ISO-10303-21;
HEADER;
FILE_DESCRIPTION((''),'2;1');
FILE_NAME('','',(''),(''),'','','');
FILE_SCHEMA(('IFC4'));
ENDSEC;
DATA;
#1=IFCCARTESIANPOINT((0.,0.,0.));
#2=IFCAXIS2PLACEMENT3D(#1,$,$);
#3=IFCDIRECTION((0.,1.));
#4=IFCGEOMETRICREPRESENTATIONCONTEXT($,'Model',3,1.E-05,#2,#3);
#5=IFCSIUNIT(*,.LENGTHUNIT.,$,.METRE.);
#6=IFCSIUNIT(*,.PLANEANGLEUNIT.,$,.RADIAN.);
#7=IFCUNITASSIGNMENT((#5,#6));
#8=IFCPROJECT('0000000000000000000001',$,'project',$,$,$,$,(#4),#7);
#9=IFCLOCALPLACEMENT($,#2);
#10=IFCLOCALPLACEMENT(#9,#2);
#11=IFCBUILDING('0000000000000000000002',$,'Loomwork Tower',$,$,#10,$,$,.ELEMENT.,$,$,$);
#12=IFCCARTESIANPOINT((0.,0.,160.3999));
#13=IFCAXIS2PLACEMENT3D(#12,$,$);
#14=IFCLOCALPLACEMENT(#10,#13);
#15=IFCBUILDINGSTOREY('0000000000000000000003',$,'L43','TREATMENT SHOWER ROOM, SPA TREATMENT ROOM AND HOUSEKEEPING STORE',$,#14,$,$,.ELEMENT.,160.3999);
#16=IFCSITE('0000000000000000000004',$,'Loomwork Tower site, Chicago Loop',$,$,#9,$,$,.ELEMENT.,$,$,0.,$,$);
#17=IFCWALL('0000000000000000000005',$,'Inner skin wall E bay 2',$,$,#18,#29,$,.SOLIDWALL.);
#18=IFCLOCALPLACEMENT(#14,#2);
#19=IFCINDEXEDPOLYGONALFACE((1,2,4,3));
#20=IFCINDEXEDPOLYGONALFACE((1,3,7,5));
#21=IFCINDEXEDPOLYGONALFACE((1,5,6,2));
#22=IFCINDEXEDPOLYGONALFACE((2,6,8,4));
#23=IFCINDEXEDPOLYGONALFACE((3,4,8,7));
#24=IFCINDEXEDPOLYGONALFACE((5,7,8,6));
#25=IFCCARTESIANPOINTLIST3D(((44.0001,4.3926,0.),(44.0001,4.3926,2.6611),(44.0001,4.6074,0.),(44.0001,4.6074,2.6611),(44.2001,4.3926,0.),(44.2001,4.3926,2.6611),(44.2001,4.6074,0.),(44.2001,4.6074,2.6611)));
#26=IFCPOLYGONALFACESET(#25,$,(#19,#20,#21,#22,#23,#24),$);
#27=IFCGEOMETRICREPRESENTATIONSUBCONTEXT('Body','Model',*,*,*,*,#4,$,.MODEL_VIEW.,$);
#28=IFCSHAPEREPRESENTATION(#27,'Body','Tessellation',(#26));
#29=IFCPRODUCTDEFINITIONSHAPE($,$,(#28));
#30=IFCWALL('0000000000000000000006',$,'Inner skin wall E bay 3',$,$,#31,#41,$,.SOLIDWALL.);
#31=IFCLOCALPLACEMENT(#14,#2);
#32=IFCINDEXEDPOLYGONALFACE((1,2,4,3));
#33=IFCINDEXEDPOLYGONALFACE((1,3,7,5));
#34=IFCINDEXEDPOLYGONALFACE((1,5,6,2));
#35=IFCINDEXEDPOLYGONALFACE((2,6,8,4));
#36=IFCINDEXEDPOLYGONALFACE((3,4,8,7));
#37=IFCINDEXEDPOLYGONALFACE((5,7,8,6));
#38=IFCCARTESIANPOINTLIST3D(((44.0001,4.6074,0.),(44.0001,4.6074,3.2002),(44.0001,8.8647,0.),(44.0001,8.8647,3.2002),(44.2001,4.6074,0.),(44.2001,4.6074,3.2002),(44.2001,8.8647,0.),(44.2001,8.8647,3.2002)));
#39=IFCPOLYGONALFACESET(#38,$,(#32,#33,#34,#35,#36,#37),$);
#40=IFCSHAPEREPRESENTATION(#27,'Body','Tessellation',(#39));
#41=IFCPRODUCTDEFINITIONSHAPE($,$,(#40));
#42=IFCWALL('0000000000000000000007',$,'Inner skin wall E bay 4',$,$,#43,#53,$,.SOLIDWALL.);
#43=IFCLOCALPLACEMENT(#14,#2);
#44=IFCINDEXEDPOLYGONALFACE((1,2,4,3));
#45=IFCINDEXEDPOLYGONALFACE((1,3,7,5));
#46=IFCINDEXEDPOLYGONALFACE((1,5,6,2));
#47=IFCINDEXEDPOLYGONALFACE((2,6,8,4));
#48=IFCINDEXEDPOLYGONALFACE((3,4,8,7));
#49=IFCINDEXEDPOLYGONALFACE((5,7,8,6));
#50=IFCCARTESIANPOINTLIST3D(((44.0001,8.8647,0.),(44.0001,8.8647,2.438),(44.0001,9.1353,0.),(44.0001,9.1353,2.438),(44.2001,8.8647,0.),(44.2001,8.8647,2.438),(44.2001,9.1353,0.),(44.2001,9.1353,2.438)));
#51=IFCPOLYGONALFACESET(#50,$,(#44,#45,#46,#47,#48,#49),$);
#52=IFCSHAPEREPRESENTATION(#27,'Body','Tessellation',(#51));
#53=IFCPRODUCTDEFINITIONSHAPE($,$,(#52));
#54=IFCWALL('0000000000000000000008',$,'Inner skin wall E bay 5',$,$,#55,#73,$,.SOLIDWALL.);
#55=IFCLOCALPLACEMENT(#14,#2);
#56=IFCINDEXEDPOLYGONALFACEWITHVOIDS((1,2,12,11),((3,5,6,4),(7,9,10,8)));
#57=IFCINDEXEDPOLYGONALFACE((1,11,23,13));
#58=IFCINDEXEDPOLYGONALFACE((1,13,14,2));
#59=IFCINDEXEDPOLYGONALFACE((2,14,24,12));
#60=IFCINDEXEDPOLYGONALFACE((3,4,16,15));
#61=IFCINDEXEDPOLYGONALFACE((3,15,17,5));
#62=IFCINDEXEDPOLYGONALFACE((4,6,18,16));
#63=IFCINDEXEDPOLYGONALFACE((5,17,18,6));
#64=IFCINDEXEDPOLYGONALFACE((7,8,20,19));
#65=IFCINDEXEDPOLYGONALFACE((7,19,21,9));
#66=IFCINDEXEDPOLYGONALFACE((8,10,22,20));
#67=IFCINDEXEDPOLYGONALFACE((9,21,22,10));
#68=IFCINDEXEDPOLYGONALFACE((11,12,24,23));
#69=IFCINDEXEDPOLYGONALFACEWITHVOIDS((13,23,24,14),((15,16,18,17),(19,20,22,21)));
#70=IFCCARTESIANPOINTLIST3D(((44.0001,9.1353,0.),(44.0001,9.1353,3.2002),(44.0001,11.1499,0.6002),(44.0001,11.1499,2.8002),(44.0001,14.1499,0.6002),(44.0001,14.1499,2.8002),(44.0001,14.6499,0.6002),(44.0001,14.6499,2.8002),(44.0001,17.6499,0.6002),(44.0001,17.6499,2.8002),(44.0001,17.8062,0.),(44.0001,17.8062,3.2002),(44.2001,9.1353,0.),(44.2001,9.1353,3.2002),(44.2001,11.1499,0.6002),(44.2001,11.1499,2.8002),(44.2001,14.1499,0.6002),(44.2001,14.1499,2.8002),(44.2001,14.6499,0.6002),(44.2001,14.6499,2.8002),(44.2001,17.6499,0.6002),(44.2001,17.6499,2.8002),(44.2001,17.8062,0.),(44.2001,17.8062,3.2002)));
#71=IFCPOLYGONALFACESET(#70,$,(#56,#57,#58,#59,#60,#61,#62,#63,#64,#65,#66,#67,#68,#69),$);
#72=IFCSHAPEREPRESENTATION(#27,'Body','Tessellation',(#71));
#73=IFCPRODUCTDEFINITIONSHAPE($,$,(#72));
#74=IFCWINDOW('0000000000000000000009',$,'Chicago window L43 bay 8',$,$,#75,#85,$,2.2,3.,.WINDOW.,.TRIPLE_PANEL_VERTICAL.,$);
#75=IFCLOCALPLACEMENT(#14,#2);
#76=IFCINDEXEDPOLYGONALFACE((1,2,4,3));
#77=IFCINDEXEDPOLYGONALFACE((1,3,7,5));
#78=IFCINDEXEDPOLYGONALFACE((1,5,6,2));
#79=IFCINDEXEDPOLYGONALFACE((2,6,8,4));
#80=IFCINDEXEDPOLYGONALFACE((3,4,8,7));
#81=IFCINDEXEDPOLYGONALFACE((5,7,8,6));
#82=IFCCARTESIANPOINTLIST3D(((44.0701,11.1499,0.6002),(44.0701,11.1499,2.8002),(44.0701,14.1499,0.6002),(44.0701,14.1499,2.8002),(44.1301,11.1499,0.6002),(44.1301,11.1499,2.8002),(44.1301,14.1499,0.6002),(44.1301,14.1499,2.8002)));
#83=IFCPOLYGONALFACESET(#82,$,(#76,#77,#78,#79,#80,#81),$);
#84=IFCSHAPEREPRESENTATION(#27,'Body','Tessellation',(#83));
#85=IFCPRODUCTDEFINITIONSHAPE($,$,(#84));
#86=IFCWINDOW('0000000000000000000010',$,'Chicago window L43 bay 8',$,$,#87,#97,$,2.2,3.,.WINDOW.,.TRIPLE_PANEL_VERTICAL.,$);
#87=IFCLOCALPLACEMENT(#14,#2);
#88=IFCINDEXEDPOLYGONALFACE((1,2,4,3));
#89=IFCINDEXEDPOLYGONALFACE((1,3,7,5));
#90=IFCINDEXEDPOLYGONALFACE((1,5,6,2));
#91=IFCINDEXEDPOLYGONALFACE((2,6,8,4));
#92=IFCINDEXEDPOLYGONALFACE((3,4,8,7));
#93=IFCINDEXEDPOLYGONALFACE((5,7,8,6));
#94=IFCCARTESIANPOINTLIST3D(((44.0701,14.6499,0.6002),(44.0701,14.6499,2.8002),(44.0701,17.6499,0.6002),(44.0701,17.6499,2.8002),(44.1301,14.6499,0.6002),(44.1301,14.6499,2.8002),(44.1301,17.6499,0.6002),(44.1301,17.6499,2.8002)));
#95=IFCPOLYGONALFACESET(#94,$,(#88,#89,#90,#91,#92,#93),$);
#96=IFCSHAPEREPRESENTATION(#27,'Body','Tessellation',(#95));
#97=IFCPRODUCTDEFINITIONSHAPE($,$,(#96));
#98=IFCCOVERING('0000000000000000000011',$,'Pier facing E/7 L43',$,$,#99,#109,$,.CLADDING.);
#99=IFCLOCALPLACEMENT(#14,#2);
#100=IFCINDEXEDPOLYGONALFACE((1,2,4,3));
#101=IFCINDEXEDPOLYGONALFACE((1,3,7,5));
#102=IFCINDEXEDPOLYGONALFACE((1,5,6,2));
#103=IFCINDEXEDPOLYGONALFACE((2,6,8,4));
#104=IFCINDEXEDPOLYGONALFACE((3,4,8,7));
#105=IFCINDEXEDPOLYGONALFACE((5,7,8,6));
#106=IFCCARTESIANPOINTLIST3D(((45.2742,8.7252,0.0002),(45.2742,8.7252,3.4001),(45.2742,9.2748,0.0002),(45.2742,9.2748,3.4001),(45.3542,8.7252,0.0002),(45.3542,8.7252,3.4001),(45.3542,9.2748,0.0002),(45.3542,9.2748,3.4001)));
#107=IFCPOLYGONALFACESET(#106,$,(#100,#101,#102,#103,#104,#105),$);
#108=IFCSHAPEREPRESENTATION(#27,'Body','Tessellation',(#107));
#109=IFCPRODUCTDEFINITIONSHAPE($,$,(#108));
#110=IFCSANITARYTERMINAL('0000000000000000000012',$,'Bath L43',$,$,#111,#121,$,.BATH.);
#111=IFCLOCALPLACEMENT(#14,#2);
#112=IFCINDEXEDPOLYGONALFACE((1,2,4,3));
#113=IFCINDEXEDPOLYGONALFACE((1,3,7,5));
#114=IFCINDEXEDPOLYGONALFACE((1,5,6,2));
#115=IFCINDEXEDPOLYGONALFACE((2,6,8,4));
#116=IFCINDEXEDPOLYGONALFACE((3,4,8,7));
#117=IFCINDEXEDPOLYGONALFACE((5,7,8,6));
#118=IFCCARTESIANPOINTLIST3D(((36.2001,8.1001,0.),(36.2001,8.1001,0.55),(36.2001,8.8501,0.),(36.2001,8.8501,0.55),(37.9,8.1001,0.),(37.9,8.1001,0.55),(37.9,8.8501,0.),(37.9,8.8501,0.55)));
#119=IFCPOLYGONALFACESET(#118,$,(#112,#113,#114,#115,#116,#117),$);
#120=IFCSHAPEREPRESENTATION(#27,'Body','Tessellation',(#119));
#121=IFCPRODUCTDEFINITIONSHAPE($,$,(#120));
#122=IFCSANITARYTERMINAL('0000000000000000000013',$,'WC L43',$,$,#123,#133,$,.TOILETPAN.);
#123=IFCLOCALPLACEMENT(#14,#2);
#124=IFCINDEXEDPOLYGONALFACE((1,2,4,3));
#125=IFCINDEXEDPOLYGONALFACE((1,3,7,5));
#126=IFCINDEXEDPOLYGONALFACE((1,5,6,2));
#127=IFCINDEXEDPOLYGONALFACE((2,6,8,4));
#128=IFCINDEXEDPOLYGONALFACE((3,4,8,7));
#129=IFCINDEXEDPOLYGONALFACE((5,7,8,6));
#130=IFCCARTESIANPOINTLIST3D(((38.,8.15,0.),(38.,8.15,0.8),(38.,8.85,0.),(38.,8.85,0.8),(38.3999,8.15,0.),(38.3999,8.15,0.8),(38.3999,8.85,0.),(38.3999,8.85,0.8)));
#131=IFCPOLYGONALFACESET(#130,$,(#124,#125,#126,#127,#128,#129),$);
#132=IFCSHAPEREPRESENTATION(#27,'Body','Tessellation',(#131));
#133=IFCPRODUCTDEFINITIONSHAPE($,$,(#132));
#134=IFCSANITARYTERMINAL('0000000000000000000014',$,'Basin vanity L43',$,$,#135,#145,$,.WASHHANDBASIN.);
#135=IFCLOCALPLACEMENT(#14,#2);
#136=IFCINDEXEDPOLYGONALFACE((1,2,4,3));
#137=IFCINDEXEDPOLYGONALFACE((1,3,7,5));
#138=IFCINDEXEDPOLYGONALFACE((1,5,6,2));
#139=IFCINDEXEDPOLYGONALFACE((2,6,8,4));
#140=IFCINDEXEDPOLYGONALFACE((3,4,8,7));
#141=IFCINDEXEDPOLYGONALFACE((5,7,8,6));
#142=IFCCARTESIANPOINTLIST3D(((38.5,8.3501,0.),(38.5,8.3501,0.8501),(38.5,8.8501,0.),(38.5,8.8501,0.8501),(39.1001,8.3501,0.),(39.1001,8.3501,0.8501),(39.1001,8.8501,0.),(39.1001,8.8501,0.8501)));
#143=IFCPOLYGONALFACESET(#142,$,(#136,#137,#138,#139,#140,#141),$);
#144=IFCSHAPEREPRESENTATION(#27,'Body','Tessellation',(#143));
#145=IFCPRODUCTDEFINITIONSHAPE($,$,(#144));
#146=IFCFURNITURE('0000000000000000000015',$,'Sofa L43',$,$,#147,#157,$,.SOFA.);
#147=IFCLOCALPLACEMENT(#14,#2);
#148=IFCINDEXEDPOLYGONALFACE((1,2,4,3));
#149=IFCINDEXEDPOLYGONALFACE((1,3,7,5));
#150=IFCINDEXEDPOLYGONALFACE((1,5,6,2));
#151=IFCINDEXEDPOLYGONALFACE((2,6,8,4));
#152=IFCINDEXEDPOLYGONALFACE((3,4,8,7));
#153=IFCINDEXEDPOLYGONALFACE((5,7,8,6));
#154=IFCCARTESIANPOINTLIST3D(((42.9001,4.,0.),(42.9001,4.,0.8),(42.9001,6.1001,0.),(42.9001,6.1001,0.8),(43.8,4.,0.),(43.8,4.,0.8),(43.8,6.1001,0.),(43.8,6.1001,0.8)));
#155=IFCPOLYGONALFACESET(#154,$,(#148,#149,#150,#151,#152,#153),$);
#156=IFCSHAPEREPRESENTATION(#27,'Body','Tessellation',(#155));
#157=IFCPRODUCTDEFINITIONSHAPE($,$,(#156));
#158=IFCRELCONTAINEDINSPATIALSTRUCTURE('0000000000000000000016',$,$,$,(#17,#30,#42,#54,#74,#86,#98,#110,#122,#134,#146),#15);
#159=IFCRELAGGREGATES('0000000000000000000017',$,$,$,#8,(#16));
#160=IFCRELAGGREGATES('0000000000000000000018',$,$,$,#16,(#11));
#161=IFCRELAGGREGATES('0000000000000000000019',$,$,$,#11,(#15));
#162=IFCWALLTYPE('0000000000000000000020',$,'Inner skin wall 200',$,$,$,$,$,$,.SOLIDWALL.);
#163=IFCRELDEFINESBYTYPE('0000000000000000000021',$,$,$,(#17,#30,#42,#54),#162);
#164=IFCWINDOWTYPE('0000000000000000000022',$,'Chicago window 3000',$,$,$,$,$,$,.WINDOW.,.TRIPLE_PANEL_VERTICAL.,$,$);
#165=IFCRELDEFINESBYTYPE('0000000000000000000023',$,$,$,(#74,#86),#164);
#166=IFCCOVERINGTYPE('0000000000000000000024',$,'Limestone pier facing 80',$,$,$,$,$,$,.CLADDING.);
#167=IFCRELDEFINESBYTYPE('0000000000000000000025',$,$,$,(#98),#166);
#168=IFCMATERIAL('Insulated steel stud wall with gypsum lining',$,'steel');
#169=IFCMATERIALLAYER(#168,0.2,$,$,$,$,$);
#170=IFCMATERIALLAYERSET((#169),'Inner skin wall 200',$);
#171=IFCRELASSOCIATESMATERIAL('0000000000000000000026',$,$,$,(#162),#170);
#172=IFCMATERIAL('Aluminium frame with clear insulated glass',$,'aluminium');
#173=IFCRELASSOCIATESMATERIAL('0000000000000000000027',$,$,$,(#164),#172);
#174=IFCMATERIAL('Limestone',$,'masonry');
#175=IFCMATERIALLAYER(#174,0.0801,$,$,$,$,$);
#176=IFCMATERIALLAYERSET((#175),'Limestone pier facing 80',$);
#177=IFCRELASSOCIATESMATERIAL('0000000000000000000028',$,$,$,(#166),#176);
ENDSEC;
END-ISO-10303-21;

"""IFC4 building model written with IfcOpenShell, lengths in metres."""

from ifc_helpers import new_model, si_unit, direction, frame, frame_2d, origin, origin_2d, place, context, subcontext, project, spatial, rectangle, extrude, material, layer, layer_set, type_object, element, fill, save


model = new_model("IFC4")

# Units and contexts
model_context = context("Model", 3, precision=1e-05, world=origin(), true_north=direction((0.0, 1.0)))
body_context = subcontext(model_context, "Body", "Model", "MODEL_VIEW")
ifc_project = project(units=[si_unit("LENGTHUNIT", "METRE"), si_unit("PLANEANGLEUNIT", "RADIAN")], contexts=[model_context])

# Site, building, storey
site_placement = place(None, origin())
site = spatial("IfcSite", under=ifc_project, at=site_placement, Name="Loomwork Tower site, Chicago Loop", CompositionType="ELEMENT", RefElevation=0.0)
building_placement = place(site_placement, origin())
building = spatial("IfcBuilding", under=site, at=building_placement, Name="Loomwork Tower", CompositionType="ELEMENT")
storey_placement = place(building_placement, frame((0.0, 0.0, 160.3999)))
storey = spatial("IfcBuildingStorey", under=building, at=storey_placement, Name="L43", Description="TREATMENT SHOWER ROOM, SPA TREATMENT ROOM AND HOUSEKEEPING STORE", CompositionType="ELEMENT", Elevation=160.3999)

# Walls
ifc_material_1 = material(Name="Insulated steel stud wall with gypsum lining", Category="steel")
ifc_layer_1 = layer(ifc_material_1, 0.2)
ifc_layer_set_1 = layer_set([ifc_layer_1], Name="Inner skin wall 200")
wall_type_1 = type_object("IfcWallType", Name="Inner skin wall 200", PredefinedType="SOLIDWALL", material=ifc_layer_set_1)
wall_1_placement = place(storey_placement, frame((44.1001, 4.3926, 0.0), z_axis=(0.0, 0.0, 1.0), x_axis=(0.0, 1.0, 0.0)))
element("IfcWall", 1, at=wall_1_placement, inside=storey, type_object=wall_type_1, Name="Inner skin wall E bay 2", PredefinedType="SOLIDWALL", context=body_context, shape_type="SweptSolid", body=[
    extrude(rectangle(XDim=0.2148, YDim=0.2, at=frame_2d((0.1074, 0.0))), origin(), (0.0, 0.0, 1.0), 2.6611),
])
wall_2_placement = place(storey_placement, frame((44.1001, 4.6074, 0.0), z_axis=(0.0, 0.0, 1.0), x_axis=(0.0, 1.0, 0.0)))
element("IfcWall", 2, at=wall_2_placement, inside=storey, type_object=wall_type_1, Name="Inner skin wall E bay 3", PredefinedType="SOLIDWALL", context=body_context, shape_type="SweptSolid", body=[
    extrude(rectangle(XDim=4.2573, YDim=0.2, at=frame_2d((2.1287, 0.0))), origin(), (0.0, 0.0, 1.0), 3.2002),
])
wall_3_placement = place(storey_placement, frame((44.1001, 8.8647, 0.0), z_axis=(0.0, 0.0, 1.0), x_axis=(0.0, 1.0, 0.0)))
element("IfcWall", 3, at=wall_3_placement, inside=storey, type_object=wall_type_1, Name="Inner skin wall E bay 4", PredefinedType="SOLIDWALL", context=body_context, shape_type="SweptSolid", body=[
    extrude(rectangle(XDim=0.2705, YDim=0.2, at=frame_2d((0.1353, 0.0))), origin(), (0.0, 0.0, 1.0), 2.438),
])

# Wall, openings, windows
wall_4_placement = place(storey_placement, frame((44.1001, 9.1353, 0.0), z_axis=(0.0, 0.0, 1.0), x_axis=(0.0, 1.0, 0.0)))
wall_4 = element("IfcWall", 4, at=wall_4_placement, inside=storey, type_object=wall_type_1, Name="Inner skin wall E bay 5", PredefinedType="SOLIDWALL", context=body_context, shape_type="SweptSolid", body=[
    extrude(rectangle(XDim=8.6709, YDim=0.2, at=frame_2d((4.3354, 0.0))), origin(), (0.0, 0.0, 1.0), 3.2002),
])
opening_1_placement = place(wall_4_placement, frame((2.0146, 0.0, 0.6001)))
opening_1 = element("IfcOpeningElement", 5, at=opening_1_placement, cuts=wall_4, PredefinedType="OPENING", context=body_context, shape_type="SweptSolid", body=[
    extrude(rectangle(XDim=3.0, YDim=2.2, at=frame_2d((1.5, 1.1001))), frame((0.0, 0.1099, 0.0), z_axis=(0.0, -1.0, 0.0), x_axis=(1.0, 0.0, 0.0)), (0.0, 0.0, 1.0), 0.22),
])
opening_2_placement = place(wall_4_placement, frame((5.5146, 0.0, 0.6001)))
opening_2 = element("IfcOpeningElement", 6, at=opening_2_placement, cuts=wall_4, PredefinedType="OPENING", context=body_context, shape_type="SweptSolid", body=[
    extrude(rectangle(XDim=3.0, YDim=2.2, at=frame_2d((1.5, 1.1001))), frame((0.0, 0.1099, 0.0), z_axis=(0.0, -1.0, 0.0), x_axis=(1.0, 0.0, 0.0)), (0.0, 0.0, 1.0), 0.22),
])
ifc_material_2 = material(Name="Aluminium frame with clear insulated glass", Category="aluminium")
window_type = type_object("IfcWindowType", Name="Chicago window 3000", PartitioningType="TRIPLE_PANEL_VERTICAL", PredefinedType="WINDOW", material=ifc_material_2)
window_1_placement = place(opening_1_placement, origin())
window_1 = element("IfcWindow", 7, at=window_1_placement, inside=storey, type_object=window_type, Name="Chicago window L43 bay 8", OverallHeight=2.2, OverallWidth=3.0, PartitioningType="TRIPLE_PANEL_VERTICAL", PredefinedType="WINDOW", context=body_context, shape_type="SweptSolid", body=[
    extrude(rectangle(XDim=3.0, YDim=2.2, at=frame_2d((1.5, 1.1001))), frame((0.0, 0.03, 0.0), z_axis=(0.0, -1.0, 0.0), x_axis=(1.0, 0.0, 0.0)), (0.0, 0.0, 1.0), 0.0601),
])
fill(opening_1, window_1)
window_2_placement = place(opening_2_placement, origin())
window_2 = element("IfcWindow", 8, at=window_2_placement, inside=storey, type_object=window_type, Name="Chicago window L43 bay 8", OverallHeight=2.2, OverallWidth=3.0, PartitioningType="TRIPLE_PANEL_VERTICAL", PredefinedType="WINDOW", context=body_context, shape_type="SweptSolid", body=[
    extrude(rectangle(XDim=3.0, YDim=2.2, at=frame_2d((1.5, 1.1001))), frame((0.0, 0.03, 0.0), z_axis=(0.0, -1.0, 0.0), x_axis=(1.0, 0.0, 0.0)), (0.0, 0.0, 1.0), 0.0601),
])
fill(opening_2, window_2)

# Covering
ifc_material_3 = material(Name="Limestone", Category="masonry")
ifc_layer_2 = layer(ifc_material_3, 0.0801)
ifc_layer_set_2 = layer_set([ifc_layer_2], Name="Limestone pier facing 80")
covering_type = type_object("IfcCoveringType", Name="Limestone pier facing 80", PredefinedType="CLADDING", material=ifc_layer_set_2)
covering_placement = place(storey_placement, frame((45.3142, 9.0, 0.0002), z_axis=(0.0, 0.0, 1.0), x_axis=(1.0, 0.0, 0.0)))
element("IfcCovering", 9, at=covering_placement, inside=storey, type_object=covering_type, Name="Pier facing E/7 L43", PredefinedType="CLADDING", context=body_context, shape_type="SweptSolid", body=[
    extrude(rectangle(XDim=0.0801, YDim=0.5496, at=origin_2d()), origin(), (0.0, 0.0, 1.0), 3.3999),
])

# Sanitary terminals
sanitary_terminal_1_placement = place(storey_placement, frame((37.05, 8.4751, 0.0), z_axis=(0.0, 0.0, 1.0), x_axis=(1.0, 0.0, 0.0)))
element("IfcSanitaryTerminal", 10, at=sanitary_terminal_1_placement, inside=storey, Name="Bath L43", PredefinedType="BATH", context=body_context, shape_type="SweptSolid", body=[
    extrude(rectangle(XDim=1.7, YDim=0.75, at=origin_2d()), origin(), (0.0, 0.0, 1.0), 0.55),
])
sanitary_terminal_2_placement = place(storey_placement, frame((38.2, 8.5, 0.0), z_axis=(0.0, 0.0, 1.0), x_axis=(1.0, 0.0, 0.0)))
element("IfcSanitaryTerminal", 11, at=sanitary_terminal_2_placement, inside=storey, Name="WC L43", PredefinedType="TOILETPAN", context=body_context, shape_type="SweptSolid", body=[
    extrude(rectangle(XDim=0.3999, YDim=0.7, at=origin_2d()), origin(), (0.0, 0.0, 1.0), 0.8),
])
sanitary_terminal_3_placement = place(storey_placement, frame((38.8, 8.6001, 0.0), z_axis=(0.0, 0.0, 1.0), x_axis=(1.0, 0.0, 0.0)))
element("IfcSanitaryTerminal", 12, at=sanitary_terminal_3_placement, inside=storey, Name="Basin vanity L43", PredefinedType="WASHHANDBASIN", context=body_context, shape_type="SweptSolid", body=[
    extrude(rectangle(XDim=0.6001, YDim=0.5, at=origin_2d()), origin(), (0.0, 0.0, 1.0), 0.8501),
])

# Furniture
furniture_placement = place(storey_placement, frame((43.3501, 5.05, 0.0), z_axis=(0.0, 0.0, 1.0), x_axis=(1.0, 0.0, 0.0)))
element("IfcFurniture", 13, at=furniture_placement, inside=storey, Name="Sofa L43", PredefinedType="SOFA", context=body_context, shape_type="SweptSolid", body=[
    extrude(rectangle(XDim=0.8999, YDim=2.1001, at=origin_2d()), origin(), (0.0, 0.0, 1.0), 0.8),
])

save(model, "model.ifc")
